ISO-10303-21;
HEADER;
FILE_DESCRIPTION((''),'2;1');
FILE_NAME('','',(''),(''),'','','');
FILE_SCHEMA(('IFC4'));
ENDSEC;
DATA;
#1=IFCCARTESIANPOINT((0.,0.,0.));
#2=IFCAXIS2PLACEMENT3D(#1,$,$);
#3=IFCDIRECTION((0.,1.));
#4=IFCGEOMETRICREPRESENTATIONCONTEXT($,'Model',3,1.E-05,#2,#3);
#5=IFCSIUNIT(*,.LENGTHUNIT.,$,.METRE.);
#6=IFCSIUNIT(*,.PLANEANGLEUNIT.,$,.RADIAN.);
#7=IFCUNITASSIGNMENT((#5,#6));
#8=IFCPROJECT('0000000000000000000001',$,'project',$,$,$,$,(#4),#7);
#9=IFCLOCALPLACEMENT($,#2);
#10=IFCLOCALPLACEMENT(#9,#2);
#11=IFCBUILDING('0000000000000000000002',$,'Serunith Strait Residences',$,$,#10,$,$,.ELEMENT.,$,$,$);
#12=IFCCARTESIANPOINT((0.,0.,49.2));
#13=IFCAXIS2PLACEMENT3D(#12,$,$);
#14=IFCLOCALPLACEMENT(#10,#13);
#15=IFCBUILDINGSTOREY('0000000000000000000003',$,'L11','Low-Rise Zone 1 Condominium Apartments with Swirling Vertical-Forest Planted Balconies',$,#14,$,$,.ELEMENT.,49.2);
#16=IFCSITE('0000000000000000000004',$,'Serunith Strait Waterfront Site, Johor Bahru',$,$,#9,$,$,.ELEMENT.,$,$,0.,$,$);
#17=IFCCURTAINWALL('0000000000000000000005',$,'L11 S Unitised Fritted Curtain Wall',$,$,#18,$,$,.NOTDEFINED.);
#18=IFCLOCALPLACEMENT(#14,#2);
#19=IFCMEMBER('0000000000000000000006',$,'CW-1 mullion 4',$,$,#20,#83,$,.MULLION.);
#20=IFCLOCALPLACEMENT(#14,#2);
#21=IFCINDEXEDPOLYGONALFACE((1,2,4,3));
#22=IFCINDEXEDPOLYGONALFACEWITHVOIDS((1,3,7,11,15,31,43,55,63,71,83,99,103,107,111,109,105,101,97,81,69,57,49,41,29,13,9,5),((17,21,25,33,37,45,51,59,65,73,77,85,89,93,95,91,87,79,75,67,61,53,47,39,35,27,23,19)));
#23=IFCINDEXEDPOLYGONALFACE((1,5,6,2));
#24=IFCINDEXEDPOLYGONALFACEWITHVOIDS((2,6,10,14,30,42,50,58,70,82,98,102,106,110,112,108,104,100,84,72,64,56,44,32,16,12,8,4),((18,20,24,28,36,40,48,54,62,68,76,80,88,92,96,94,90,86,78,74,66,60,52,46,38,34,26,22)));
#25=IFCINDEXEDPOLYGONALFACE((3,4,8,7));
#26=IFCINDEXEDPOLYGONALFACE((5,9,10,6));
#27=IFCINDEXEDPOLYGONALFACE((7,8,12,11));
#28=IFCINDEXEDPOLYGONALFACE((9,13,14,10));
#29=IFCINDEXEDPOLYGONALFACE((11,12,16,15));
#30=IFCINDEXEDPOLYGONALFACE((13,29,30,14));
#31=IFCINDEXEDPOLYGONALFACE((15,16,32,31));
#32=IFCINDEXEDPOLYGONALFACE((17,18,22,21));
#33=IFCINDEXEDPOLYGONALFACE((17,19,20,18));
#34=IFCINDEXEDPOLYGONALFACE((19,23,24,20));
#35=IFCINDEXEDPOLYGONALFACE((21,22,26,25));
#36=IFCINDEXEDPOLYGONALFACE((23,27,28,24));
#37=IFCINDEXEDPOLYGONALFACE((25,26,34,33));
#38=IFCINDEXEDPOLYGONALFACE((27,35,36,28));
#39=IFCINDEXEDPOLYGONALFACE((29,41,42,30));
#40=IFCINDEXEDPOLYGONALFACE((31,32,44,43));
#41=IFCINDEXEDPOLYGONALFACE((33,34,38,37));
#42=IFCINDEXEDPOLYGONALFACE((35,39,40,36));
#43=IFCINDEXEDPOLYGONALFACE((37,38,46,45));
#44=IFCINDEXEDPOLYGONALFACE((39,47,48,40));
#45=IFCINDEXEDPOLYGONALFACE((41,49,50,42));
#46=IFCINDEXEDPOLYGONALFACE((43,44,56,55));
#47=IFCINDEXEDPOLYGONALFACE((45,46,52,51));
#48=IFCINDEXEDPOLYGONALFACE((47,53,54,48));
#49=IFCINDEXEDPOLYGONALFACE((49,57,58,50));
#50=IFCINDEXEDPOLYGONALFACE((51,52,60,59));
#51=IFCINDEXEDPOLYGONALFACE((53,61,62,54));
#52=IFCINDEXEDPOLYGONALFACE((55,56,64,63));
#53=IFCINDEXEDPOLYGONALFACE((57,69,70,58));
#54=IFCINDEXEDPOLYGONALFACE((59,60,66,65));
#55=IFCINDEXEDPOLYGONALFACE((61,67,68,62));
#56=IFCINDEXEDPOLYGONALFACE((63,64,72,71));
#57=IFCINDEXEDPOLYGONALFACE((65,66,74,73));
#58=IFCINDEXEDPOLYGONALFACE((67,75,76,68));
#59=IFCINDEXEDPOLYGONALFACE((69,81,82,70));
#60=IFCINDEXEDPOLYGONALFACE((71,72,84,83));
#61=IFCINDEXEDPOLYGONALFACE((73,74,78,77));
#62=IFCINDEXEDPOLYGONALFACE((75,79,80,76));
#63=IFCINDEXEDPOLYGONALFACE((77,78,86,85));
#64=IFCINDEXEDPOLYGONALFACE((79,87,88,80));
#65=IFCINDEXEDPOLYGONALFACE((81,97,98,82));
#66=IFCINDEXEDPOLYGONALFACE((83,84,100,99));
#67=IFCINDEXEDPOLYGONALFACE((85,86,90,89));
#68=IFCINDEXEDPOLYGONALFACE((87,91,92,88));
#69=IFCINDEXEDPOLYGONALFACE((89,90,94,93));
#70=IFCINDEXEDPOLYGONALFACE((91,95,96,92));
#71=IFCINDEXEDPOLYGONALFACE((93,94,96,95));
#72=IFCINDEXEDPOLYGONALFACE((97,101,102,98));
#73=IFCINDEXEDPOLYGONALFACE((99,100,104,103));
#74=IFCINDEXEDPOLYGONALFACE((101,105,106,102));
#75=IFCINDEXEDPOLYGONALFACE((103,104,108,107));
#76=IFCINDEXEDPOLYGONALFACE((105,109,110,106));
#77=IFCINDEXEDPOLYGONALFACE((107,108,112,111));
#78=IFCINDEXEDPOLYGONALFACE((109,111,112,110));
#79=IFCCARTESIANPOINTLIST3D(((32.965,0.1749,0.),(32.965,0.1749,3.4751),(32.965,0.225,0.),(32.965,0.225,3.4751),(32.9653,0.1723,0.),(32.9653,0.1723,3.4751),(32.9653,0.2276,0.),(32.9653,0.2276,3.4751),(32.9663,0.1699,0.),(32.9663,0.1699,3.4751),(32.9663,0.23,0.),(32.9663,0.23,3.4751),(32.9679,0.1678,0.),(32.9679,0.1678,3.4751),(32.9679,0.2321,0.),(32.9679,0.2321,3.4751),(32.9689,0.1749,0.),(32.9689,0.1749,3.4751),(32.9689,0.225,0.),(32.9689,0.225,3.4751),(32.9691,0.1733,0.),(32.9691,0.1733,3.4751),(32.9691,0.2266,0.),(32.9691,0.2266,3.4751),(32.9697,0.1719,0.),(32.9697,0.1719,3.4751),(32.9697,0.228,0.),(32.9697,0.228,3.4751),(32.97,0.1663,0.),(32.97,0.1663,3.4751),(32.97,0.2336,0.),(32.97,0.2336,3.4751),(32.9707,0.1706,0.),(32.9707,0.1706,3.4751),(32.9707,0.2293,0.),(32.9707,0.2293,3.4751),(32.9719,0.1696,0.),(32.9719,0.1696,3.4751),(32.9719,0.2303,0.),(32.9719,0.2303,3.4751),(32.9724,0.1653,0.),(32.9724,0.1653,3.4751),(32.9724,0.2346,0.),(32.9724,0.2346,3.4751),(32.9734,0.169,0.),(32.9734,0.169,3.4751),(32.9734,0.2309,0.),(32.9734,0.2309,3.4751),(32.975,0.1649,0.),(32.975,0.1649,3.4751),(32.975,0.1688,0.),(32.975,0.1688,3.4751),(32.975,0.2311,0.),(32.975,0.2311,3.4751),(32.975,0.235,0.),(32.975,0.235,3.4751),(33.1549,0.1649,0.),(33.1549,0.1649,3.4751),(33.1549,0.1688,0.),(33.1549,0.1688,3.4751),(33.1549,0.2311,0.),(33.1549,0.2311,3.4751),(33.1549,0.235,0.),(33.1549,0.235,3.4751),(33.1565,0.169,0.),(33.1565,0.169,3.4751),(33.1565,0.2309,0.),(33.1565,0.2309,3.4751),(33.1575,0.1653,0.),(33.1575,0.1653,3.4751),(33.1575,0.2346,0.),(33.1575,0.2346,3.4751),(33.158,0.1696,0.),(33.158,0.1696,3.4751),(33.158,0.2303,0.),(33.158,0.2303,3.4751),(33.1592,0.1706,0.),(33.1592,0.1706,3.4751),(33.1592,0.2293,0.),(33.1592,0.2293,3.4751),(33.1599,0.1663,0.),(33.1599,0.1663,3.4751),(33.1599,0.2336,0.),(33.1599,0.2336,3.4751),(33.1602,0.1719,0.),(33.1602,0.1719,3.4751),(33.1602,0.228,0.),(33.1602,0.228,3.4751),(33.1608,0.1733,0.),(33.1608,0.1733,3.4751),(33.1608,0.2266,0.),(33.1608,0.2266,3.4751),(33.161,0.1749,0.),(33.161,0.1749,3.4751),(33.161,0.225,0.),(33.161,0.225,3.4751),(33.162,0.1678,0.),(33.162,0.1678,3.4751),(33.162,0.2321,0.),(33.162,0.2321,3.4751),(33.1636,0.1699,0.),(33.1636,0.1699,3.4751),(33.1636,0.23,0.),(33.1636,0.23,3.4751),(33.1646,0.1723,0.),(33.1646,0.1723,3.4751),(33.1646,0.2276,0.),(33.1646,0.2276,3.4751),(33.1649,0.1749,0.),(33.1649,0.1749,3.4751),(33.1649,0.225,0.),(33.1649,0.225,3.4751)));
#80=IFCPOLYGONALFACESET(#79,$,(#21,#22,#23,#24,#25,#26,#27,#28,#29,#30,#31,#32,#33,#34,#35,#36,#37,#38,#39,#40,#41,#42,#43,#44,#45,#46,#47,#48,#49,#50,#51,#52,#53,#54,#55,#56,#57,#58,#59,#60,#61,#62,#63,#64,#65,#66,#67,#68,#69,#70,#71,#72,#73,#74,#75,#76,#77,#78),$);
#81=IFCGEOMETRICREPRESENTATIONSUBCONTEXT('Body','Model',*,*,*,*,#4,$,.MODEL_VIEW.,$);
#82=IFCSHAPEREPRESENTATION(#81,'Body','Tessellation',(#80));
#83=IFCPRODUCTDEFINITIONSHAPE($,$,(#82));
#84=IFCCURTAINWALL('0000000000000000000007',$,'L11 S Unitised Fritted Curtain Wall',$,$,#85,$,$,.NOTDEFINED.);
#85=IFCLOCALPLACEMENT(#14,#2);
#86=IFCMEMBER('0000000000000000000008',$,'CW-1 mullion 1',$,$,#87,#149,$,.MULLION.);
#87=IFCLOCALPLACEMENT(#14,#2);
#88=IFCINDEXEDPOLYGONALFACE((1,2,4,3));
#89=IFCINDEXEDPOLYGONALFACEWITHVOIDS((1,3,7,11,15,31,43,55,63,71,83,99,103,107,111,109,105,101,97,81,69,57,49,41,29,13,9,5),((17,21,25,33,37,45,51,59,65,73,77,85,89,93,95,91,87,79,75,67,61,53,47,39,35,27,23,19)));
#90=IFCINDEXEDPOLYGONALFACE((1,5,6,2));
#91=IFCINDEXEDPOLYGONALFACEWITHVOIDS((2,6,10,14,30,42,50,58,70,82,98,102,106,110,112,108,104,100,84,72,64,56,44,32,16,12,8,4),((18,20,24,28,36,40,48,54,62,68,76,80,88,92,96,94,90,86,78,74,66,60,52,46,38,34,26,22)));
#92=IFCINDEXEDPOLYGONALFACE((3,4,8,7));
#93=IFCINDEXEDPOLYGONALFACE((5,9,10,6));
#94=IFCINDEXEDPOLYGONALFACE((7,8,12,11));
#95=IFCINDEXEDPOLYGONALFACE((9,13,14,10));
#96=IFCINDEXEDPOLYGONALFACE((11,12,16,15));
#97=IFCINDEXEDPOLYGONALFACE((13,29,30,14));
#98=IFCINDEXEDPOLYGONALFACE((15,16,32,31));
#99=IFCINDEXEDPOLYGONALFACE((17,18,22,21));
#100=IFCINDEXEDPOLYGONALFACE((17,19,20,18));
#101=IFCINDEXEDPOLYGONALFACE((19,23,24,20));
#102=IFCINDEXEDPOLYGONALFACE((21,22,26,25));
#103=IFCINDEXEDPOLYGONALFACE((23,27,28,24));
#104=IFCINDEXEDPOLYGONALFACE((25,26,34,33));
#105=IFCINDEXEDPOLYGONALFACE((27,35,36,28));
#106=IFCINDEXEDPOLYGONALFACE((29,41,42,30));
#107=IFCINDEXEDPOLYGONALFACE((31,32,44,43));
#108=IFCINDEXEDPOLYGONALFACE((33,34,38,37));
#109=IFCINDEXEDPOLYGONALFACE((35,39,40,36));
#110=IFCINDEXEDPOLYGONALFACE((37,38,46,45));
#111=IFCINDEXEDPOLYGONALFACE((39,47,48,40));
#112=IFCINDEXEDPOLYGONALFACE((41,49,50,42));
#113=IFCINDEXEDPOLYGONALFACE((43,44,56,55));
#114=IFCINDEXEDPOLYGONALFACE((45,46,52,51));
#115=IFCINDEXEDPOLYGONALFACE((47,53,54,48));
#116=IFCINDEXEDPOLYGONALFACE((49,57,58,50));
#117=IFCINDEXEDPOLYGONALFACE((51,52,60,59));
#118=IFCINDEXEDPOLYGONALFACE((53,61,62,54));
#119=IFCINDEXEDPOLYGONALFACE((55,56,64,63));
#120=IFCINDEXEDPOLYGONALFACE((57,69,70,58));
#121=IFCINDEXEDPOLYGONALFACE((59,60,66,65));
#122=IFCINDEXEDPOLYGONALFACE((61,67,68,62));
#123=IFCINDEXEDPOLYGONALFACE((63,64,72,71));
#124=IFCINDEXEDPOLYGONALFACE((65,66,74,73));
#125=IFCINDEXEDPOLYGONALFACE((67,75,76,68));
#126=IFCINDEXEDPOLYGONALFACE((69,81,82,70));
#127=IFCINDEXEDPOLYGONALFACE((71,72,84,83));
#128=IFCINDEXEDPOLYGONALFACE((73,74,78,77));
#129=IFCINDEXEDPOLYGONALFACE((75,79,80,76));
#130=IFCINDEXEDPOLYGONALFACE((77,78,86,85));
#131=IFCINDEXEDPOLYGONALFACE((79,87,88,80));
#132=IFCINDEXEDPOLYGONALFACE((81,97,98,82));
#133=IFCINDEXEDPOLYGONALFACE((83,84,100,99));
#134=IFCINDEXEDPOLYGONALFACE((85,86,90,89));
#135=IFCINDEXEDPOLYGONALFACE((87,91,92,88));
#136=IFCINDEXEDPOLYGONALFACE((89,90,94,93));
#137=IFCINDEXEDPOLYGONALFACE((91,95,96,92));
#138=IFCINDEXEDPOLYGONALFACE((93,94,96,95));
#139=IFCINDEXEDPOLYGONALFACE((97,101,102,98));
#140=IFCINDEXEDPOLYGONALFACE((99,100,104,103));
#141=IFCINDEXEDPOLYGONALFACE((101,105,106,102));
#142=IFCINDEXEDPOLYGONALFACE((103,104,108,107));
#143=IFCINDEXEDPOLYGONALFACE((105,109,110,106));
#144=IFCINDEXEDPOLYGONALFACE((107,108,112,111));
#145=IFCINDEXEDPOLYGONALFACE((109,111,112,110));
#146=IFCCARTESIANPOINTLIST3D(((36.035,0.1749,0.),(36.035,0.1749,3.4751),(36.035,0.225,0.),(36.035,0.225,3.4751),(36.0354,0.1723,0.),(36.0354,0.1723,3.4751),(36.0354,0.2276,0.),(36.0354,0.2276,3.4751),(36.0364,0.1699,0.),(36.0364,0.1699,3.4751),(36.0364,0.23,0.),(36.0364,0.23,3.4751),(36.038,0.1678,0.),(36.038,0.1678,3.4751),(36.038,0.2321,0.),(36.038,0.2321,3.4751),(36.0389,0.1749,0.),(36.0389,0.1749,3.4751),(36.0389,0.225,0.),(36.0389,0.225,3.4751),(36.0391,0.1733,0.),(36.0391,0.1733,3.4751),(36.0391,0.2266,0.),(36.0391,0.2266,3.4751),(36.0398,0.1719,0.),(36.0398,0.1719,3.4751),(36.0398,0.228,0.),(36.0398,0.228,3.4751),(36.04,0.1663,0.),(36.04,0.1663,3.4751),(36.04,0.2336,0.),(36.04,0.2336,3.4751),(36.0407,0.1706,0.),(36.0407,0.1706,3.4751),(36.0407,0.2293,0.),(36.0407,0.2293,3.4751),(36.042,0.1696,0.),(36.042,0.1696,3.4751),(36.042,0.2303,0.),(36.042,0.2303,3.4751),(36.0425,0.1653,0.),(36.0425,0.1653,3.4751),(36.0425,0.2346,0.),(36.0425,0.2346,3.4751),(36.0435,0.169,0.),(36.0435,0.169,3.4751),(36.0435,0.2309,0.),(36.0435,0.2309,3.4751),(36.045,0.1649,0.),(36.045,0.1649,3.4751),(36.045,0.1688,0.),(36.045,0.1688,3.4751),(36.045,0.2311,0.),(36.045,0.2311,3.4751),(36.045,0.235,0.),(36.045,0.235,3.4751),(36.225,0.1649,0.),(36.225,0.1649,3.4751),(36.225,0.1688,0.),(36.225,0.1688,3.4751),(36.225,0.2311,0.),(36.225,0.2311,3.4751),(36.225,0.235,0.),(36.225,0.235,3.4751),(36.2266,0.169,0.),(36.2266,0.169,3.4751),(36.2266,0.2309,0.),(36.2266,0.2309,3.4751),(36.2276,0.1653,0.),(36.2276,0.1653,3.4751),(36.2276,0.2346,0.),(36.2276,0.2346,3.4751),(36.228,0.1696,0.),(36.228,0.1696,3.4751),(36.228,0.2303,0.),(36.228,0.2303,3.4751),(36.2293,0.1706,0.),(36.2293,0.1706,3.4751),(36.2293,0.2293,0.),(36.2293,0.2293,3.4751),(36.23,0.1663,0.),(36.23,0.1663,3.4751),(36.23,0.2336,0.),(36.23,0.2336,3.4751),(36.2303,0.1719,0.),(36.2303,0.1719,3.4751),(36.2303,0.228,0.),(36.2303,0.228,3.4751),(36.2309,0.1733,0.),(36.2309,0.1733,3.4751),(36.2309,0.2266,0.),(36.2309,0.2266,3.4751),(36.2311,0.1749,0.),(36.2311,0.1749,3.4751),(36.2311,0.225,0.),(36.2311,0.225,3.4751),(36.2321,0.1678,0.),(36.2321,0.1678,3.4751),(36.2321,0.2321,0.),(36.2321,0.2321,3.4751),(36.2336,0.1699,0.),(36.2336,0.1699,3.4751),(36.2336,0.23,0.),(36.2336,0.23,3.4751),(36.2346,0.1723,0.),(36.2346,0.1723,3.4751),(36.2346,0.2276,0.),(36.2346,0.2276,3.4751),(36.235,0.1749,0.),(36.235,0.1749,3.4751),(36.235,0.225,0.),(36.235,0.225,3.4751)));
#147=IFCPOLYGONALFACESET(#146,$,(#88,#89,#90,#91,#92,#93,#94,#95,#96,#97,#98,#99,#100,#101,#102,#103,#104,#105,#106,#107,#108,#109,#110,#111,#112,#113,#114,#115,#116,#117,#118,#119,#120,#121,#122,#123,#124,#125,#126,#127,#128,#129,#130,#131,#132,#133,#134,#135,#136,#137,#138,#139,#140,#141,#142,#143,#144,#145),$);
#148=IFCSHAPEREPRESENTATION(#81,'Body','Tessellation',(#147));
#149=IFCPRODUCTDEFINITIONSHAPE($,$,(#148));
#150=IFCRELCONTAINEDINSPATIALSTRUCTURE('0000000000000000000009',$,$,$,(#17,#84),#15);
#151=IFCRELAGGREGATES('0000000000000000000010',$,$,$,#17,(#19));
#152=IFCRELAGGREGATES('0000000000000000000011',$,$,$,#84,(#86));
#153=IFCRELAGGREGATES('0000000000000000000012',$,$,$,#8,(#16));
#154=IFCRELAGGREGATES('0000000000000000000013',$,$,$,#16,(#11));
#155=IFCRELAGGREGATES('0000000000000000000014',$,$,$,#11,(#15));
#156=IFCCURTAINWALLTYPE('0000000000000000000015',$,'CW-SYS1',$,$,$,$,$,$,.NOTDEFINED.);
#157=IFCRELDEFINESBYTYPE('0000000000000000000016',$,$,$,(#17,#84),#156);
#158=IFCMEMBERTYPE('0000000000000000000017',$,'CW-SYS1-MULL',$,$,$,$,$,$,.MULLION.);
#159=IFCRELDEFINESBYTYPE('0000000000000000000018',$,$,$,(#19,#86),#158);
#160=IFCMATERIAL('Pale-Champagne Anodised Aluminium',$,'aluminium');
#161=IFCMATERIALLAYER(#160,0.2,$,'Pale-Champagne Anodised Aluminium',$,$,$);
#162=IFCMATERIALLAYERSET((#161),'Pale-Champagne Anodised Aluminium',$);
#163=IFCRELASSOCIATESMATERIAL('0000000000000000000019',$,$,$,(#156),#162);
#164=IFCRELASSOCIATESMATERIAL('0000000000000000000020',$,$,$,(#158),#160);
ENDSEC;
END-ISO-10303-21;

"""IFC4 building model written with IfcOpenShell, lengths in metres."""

from ifc_helpers import new_model, si_unit, direction, frame, origin, origin_2d, place, context, subcontext, project, spatial, hollow_rectangle, extrude, source, transform, mapped, material, layer, layer_set, material_profile, profile_set, type_object, element, aggregate, save


model = new_model("IFC4")

# Units and contexts
model_context = context("Model", 3, precision=1e-05, world=origin(), true_north=direction((0.0, 1.0)))
body_context = subcontext(model_context, "Body", "Model", "MODEL_VIEW")
ifc_project = project(units=[si_unit("LENGTHUNIT", "METRE"), si_unit("PLANEANGLEUNIT", "RADIAN")], contexts=[model_context])

# Site, building, storey
site_placement = place(None, origin())
site = spatial("IfcSite", under=ifc_project, at=site_placement, Name="Serunith Strait Waterfront Site, Johor Bahru", CompositionType="ELEMENT", RefElevation=0.0)
building_placement = place(site_placement, origin())
building = spatial("IfcBuilding", under=site, at=building_placement, Name="Serunith Strait Residences", CompositionType="ELEMENT")
storey_placement = place(building_placement, frame((0.0, 0.0, 49.2)))
storey = spatial("IfcBuildingStorey", under=building, at=storey_placement, Name="L11", Description="Low-Rise Zone 1 Condominium Apartments with Swirling Vertical-Forest Planted Balconies", CompositionType="ELEMENT", Elevation=49.2)

# Curtain wall, member
ifc_material_1 = material(Name="Pale-Champagne Anodised Aluminium", Category="aluminium")
ifc_layer_1 = layer(ifc_material_1, 0.2, Name="Pale-Champagne Anodised Aluminium")
ifc_layer_set_1 = layer_set([ifc_layer_1], Name="Pale-Champagne Anodised Aluminium")
curtain_wall_type = type_object("IfcCurtainWallType", Name="CW-SYS1", PredefinedType="NOTDEFINED", material=ifc_layer_set_1)
curtain_wall_1_placement = place(storey_placement, origin())
curtain_wall_1 = element("IfcCurtainWall", 1, at=curtain_wall_1_placement, inside=storey, type_object=curtain_wall_type, Name="L11 S Unitised Fritted Curtain Wall", PredefinedType="NOTDEFINED")
ifc_material_profile_1 = material_profile(ifc_material_1, hollow_rectangle(XDim=0.0701, YDim=0.2, WallThickness=0.0039, InnerFilletRadius=0.0061, OuterFilletRadius=0.01, at=origin_2d()), Name="ALU 200x70x4")
ifc_profile_set_1 = profile_set([ifc_material_profile_1], Name="Pale-Champagne Anodised Aluminium")
member_type_1 = type_object("IfcMemberType", Name="CW-SYS1-MULL", PredefinedType="MULLION", material=ifc_profile_set_1)
shared_shape_1 = source(origin(), body_context, "Body", "SweptSolid", [
    extrude(hollow_rectangle(XDim=0.0701, YDim=0.2, WallThickness=0.0039, InnerFilletRadius=0.0061, OuterFilletRadius=0.01, at=origin_2d()), origin(), (0.0, 0.0, 1.0), 3.4751),
])
member_1_placement = place(storey_placement, frame((33.0649, 0.2, 0.0), z_axis=(0.0, 0.0, 1.0), x_axis=(0.0, 1.0, 0.0)))
member_1 = element("IfcMember", 2, at=member_1_placement, type_object=member_type_1, Name="CW-1 mullion 4", PredefinedType="MULLION", context=body_context, shape_type="MappedRepresentation", body=[
    mapped(shared_shape_1, transform((0.0, 0.0, 0.0), scale=1.0)),
])
aggregate(curtain_wall_1, [member_1])

# Curtain wall, member
curtain_wall_2_placement = place(storey_placement, origin())
curtain_wall_2 = element("IfcCurtainWall", 3, at=curtain_wall_2_placement, inside=storey, type_object=curtain_wall_type, Name="L11 S Unitised Fritted Curtain Wall", PredefinedType="NOTDEFINED")
member_2_placement = place(storey_placement, frame((36.135, 0.2, 0.0), z_axis=(0.0, 0.0, 1.0), x_axis=(0.0, 1.0, 0.0)))
member_2 = element("IfcMember", 4, at=member_2_placement, type_object=member_type_1, Name="CW-1 mullion 1", PredefinedType="MULLION", context=body_context, shape_type="MappedRepresentation", body=[
    mapped(shared_shape_1, transform((0.0, 0.0, 0.0), scale=1.0)),
])
aggregate(curtain_wall_2, [member_2])

save(model, "model.ifc")
